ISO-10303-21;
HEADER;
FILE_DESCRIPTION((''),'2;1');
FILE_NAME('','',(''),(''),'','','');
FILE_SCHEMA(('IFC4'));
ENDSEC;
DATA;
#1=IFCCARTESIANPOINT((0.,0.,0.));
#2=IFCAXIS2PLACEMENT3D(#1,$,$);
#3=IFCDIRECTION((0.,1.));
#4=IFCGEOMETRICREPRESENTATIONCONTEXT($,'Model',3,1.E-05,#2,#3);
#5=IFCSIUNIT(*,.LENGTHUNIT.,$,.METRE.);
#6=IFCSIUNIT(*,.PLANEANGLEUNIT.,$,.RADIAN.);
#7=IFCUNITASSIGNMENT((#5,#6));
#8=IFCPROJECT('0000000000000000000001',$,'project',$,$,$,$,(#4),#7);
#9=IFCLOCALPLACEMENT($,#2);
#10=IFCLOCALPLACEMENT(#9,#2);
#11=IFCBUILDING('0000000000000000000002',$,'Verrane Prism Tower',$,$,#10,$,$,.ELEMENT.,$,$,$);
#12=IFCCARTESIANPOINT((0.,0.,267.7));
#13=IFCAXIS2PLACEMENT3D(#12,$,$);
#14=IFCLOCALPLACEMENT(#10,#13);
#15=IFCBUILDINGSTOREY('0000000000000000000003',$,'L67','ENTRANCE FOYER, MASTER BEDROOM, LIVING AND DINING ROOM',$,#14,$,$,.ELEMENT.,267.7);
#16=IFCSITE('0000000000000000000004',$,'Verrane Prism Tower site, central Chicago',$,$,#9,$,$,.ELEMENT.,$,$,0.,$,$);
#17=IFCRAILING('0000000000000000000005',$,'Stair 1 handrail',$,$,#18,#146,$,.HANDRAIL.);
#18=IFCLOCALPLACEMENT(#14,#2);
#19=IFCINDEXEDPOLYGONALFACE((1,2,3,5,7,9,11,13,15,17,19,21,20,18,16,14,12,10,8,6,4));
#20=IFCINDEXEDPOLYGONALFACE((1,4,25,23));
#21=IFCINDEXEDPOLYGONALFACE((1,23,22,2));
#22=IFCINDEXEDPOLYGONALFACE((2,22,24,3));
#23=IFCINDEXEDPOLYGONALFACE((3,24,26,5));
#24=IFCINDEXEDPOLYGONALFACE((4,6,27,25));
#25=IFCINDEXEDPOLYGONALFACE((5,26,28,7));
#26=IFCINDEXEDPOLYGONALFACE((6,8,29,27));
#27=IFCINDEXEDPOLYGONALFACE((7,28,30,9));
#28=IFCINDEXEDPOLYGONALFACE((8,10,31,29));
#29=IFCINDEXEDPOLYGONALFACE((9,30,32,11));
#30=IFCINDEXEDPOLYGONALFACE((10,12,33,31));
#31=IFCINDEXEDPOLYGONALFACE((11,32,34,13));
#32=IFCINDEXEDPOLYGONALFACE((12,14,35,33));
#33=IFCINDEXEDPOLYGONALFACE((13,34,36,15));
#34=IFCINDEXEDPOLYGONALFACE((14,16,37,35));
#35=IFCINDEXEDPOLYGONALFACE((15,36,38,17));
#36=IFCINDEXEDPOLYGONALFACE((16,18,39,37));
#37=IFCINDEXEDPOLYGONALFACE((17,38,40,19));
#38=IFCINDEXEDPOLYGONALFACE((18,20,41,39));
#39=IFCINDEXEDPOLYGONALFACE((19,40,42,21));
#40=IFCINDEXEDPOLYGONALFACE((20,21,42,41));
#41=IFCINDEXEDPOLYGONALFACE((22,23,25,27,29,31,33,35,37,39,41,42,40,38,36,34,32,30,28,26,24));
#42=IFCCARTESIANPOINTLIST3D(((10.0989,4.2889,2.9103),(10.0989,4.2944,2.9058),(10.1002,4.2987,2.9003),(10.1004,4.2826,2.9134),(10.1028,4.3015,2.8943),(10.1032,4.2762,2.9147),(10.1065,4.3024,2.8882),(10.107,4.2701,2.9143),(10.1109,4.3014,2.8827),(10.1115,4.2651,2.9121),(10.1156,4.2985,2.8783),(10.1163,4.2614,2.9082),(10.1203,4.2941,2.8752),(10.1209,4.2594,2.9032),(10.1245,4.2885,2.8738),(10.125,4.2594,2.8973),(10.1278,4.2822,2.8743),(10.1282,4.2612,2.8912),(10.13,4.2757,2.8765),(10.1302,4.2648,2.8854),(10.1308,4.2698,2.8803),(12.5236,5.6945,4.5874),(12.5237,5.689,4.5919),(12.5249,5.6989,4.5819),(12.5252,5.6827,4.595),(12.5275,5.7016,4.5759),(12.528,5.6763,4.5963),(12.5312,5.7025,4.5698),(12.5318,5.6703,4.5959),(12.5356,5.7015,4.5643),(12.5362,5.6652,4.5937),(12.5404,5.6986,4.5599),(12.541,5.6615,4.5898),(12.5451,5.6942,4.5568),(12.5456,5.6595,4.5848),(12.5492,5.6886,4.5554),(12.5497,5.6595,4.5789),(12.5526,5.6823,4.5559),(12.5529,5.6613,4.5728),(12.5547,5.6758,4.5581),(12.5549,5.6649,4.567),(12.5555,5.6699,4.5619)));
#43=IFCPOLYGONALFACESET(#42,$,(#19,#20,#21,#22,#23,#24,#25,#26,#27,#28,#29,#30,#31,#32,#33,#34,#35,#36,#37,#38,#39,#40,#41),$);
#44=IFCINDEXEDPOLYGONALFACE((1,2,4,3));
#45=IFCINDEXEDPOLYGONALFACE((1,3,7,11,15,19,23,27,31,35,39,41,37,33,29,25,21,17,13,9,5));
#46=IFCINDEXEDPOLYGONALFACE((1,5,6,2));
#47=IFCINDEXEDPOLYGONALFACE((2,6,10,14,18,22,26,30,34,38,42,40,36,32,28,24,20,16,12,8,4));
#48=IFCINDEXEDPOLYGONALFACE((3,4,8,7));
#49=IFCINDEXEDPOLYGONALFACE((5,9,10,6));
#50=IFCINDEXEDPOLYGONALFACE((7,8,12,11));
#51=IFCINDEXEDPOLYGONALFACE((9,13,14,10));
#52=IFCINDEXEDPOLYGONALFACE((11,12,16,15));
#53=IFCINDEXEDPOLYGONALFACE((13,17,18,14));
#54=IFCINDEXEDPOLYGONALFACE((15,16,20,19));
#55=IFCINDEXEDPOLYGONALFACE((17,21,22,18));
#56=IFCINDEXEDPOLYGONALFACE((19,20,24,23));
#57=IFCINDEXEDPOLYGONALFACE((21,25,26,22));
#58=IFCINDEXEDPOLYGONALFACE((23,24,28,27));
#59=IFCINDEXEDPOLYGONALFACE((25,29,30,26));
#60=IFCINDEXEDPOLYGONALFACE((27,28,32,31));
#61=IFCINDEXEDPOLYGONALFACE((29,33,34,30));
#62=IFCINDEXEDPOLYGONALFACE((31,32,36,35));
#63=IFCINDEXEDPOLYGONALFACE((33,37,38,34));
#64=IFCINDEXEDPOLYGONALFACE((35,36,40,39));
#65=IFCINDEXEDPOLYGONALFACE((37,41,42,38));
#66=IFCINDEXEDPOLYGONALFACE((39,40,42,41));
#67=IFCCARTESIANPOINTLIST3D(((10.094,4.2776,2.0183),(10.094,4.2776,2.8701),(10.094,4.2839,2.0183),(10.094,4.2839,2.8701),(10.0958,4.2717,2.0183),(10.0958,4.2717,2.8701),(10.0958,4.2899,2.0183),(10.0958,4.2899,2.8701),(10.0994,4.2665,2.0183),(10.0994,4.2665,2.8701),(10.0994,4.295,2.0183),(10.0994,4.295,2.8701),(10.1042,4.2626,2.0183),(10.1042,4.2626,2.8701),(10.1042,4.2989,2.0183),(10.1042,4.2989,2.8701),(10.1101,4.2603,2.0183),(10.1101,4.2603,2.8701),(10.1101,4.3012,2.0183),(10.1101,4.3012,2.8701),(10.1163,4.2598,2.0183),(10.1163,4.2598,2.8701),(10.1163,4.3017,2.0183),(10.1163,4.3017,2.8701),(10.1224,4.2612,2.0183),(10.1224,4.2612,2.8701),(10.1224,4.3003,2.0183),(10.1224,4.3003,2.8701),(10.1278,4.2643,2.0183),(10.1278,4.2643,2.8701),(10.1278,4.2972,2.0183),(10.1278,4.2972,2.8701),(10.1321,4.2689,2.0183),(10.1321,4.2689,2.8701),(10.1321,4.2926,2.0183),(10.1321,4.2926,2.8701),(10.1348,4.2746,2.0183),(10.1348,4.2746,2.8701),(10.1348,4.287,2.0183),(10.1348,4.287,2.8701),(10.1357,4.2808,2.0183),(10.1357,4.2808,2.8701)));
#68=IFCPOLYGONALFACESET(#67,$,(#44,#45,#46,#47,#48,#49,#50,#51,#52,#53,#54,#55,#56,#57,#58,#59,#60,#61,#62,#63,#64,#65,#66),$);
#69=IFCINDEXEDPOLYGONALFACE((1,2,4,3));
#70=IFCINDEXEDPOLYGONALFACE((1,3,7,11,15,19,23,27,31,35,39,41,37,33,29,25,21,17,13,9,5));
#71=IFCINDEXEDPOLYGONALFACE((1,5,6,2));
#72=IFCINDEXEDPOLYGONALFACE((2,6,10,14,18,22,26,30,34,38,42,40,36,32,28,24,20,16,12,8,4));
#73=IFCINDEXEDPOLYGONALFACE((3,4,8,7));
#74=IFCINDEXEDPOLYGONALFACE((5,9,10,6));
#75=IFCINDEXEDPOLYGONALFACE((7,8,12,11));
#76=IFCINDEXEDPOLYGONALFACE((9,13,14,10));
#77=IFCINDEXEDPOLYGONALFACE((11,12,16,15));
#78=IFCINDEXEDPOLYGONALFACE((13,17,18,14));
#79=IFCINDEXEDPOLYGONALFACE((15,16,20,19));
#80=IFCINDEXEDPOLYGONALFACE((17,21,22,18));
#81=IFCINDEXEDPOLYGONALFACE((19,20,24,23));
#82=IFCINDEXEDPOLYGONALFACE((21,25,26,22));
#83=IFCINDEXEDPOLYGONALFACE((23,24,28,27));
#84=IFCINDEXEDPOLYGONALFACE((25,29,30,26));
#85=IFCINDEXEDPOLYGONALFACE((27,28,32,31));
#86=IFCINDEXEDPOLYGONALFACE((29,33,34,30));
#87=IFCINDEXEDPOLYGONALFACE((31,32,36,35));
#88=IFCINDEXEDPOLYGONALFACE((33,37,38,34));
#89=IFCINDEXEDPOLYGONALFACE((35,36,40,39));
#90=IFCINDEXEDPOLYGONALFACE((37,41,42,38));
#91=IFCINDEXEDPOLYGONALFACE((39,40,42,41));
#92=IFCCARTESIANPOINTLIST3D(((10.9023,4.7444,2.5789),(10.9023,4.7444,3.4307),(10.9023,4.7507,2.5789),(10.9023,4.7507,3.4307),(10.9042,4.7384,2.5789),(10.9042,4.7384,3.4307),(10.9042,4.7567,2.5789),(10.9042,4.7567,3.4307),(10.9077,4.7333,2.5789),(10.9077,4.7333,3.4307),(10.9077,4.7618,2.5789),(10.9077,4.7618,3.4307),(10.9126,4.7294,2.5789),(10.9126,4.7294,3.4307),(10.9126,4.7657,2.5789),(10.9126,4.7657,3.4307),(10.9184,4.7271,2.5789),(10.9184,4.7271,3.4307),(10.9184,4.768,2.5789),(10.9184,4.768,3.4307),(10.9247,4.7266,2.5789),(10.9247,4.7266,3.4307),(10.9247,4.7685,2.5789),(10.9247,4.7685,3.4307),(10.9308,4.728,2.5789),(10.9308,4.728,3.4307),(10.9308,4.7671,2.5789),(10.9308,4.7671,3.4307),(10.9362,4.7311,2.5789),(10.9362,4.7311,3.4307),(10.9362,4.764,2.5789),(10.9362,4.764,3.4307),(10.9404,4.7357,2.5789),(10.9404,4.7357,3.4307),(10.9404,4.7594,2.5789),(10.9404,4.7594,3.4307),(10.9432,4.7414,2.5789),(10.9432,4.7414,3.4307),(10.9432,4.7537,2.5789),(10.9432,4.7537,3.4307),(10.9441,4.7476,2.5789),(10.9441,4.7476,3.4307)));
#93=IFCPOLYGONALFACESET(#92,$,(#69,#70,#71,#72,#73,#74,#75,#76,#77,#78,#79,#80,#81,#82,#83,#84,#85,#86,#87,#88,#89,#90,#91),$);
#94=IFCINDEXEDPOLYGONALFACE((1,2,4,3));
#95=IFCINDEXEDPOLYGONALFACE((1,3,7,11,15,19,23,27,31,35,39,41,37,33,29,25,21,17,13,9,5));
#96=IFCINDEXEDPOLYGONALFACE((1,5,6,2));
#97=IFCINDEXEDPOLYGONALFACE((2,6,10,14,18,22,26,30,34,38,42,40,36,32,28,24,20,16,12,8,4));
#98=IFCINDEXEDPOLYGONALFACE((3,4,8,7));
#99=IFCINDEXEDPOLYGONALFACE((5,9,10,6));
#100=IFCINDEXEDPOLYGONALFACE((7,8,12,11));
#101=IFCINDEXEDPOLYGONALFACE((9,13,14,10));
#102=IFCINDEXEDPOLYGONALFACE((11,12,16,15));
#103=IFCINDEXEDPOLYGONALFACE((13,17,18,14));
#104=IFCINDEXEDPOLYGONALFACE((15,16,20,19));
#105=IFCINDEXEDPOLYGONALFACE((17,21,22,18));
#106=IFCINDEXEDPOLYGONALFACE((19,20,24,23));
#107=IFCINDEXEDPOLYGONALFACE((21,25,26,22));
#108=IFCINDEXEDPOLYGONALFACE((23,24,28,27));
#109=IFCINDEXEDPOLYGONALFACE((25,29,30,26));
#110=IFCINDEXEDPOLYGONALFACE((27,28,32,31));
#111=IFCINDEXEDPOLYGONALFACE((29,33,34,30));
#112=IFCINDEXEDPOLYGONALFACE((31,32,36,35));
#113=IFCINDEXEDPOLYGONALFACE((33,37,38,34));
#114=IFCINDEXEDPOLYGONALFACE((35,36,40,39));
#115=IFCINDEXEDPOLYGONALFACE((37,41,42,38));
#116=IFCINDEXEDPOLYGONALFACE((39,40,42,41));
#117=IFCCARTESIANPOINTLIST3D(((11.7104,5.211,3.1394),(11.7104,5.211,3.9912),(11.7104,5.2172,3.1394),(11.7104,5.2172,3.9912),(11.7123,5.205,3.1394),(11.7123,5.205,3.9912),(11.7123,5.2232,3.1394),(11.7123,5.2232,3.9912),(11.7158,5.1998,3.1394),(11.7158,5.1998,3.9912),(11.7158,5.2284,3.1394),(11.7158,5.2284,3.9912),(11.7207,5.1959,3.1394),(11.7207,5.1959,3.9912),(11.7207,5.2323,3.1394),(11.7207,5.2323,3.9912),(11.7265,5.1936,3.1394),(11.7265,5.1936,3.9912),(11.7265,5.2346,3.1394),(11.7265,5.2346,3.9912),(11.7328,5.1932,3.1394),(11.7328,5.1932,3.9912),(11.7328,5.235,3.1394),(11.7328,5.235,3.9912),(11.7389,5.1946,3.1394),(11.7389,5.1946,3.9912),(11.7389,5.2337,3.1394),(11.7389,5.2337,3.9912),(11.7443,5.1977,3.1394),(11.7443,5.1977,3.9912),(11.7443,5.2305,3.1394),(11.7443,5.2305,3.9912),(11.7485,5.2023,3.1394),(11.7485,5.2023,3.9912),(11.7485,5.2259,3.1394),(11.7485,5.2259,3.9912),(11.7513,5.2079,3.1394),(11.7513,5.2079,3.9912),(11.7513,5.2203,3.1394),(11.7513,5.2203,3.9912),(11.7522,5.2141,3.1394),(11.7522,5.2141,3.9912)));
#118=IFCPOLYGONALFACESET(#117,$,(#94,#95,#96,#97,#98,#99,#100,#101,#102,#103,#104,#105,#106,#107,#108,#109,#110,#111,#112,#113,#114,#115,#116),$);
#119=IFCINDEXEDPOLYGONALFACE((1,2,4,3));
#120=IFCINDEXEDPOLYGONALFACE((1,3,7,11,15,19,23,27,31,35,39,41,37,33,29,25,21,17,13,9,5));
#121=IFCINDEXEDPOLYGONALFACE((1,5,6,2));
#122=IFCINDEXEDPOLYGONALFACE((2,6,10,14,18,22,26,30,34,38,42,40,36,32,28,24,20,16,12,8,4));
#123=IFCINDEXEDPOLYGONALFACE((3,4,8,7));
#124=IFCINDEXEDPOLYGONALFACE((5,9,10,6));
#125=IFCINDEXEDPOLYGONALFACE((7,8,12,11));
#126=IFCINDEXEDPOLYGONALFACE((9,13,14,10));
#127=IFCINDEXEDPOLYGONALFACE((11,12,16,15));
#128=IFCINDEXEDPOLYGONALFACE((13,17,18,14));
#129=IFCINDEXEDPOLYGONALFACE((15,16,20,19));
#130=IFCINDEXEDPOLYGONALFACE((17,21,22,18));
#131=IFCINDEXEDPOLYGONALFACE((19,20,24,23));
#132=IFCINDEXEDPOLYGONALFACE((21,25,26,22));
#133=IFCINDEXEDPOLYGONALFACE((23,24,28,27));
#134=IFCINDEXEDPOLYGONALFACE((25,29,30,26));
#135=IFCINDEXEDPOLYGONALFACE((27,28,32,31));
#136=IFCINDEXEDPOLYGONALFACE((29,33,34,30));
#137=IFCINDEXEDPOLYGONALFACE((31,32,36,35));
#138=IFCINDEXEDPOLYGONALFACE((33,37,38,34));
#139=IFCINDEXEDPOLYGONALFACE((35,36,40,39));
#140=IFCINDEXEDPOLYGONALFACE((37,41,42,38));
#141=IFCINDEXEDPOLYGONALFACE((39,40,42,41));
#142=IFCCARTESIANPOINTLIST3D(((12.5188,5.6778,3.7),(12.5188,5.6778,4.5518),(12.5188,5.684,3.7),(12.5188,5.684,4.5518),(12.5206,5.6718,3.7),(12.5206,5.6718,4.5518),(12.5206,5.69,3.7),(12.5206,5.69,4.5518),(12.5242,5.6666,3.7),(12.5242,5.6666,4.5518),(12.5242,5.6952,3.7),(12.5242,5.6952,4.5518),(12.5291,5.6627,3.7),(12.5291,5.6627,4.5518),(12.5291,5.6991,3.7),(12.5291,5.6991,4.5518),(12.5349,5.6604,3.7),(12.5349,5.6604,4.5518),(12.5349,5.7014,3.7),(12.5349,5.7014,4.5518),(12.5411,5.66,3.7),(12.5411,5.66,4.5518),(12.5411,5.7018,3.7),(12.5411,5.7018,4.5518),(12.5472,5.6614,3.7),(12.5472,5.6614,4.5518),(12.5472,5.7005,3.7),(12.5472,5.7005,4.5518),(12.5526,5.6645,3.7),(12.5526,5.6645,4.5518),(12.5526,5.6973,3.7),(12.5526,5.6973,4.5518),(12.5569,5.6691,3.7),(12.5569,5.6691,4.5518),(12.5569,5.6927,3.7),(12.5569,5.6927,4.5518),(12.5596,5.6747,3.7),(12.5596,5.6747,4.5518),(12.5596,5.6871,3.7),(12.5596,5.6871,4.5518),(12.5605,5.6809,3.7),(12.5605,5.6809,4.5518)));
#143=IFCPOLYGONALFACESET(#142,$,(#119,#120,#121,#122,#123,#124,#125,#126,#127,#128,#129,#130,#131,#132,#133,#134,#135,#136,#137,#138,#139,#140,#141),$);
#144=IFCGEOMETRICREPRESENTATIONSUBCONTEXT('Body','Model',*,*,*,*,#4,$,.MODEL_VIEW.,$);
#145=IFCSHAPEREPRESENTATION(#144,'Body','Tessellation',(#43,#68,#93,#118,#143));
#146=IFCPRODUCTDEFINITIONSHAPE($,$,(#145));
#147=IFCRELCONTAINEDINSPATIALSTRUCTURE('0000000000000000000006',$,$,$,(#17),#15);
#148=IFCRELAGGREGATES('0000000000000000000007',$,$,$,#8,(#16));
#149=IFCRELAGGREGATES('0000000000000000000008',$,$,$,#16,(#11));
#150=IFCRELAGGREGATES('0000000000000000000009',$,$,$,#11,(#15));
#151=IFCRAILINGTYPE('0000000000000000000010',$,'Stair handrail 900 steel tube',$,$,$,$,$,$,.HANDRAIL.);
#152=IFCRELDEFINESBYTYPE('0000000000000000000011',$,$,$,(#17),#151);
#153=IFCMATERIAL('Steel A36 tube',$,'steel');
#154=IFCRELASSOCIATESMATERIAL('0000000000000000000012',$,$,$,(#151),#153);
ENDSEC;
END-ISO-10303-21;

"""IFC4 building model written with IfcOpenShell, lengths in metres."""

from ifc_helpers import new_model, si_unit, direction, frame, origin, origin_2d, place, context, subcontext, project, spatial, circle, extrude, material, type_object, element, save


model = new_model("IFC4")

# Units and contexts
model_context = context("Model", 3, precision=1e-05, world=origin(), true_north=direction((0.0, 1.0)))
body_context = subcontext(model_context, "Body", "Model", "MODEL_VIEW")
ifc_project = project(units=[si_unit("LENGTHUNIT", "METRE"), si_unit("PLANEANGLEUNIT", "RADIAN")], contexts=[model_context])

# Site, building, storey
site_placement = place(None, origin())
site = spatial("IfcSite", under=ifc_project, at=site_placement, Name="Verrane Prism Tower site, central Chicago", CompositionType="ELEMENT", RefElevation=0.0)
building_placement = place(site_placement, origin())
building = spatial("IfcBuilding", under=site, at=building_placement, Name="Verrane Prism Tower", CompositionType="ELEMENT")
storey_placement = place(building_placement, frame((0.0, 0.0, 267.7)))
storey = spatial("IfcBuildingStorey", under=building, at=storey_placement, Name="L67", Description="ENTRANCE FOYER, MASTER BEDROOM, LIVING AND DINING ROOM", CompositionType="ELEMENT", Elevation=267.7)

# Railing
ifc_material_1 = material(Name="Steel A36 tube", Category="steel")
railing_type = type_object("IfcRailingType", Name="Stair handrail 900 steel tube", PredefinedType="HANDRAIL", material=ifc_material_1)
railing_placement = place(storey_placement, frame((10.1147, 4.2808, 2.0183)))
element("IfcRailing", 1, at=railing_placement, inside=storey, type_object=railing_type, Name="Stair 1 handrail", PredefinedType="HANDRAIL", context=body_context, shape_type="SweptSolid", body=[
    extrude(circle(Radius=0.0239, at=origin_2d()), frame((0.0, 0.0, 0.876), z_axis=(0.742395, 0.428679, 0.514863), x_axis=(-0.50005, 0.865997, 0.0)), (0.0, 0.0, 1.0), 3.2661),
    extrude(circle(Radius=0.021, at=origin_2d()), origin(), (0.0, 0.0, 1.0), 0.8518),
    extrude(circle(Radius=0.021, at=origin_2d()), frame((0.8083, 0.4668, 0.5605)), (0.0, 0.0, 1.0), 0.8518),
    extrude(circle(Radius=0.021, at=origin_2d()), frame((1.6165, 0.9333, 1.1211)), (0.0, 0.0, 1.0), 0.8518),
    extrude(circle(Radius=0.021, at=origin_2d()), frame((2.4248, 1.4001, 1.6816)), (0.0, 0.0, 1.0), 0.8518),
])

save(model, "model.ifc")
